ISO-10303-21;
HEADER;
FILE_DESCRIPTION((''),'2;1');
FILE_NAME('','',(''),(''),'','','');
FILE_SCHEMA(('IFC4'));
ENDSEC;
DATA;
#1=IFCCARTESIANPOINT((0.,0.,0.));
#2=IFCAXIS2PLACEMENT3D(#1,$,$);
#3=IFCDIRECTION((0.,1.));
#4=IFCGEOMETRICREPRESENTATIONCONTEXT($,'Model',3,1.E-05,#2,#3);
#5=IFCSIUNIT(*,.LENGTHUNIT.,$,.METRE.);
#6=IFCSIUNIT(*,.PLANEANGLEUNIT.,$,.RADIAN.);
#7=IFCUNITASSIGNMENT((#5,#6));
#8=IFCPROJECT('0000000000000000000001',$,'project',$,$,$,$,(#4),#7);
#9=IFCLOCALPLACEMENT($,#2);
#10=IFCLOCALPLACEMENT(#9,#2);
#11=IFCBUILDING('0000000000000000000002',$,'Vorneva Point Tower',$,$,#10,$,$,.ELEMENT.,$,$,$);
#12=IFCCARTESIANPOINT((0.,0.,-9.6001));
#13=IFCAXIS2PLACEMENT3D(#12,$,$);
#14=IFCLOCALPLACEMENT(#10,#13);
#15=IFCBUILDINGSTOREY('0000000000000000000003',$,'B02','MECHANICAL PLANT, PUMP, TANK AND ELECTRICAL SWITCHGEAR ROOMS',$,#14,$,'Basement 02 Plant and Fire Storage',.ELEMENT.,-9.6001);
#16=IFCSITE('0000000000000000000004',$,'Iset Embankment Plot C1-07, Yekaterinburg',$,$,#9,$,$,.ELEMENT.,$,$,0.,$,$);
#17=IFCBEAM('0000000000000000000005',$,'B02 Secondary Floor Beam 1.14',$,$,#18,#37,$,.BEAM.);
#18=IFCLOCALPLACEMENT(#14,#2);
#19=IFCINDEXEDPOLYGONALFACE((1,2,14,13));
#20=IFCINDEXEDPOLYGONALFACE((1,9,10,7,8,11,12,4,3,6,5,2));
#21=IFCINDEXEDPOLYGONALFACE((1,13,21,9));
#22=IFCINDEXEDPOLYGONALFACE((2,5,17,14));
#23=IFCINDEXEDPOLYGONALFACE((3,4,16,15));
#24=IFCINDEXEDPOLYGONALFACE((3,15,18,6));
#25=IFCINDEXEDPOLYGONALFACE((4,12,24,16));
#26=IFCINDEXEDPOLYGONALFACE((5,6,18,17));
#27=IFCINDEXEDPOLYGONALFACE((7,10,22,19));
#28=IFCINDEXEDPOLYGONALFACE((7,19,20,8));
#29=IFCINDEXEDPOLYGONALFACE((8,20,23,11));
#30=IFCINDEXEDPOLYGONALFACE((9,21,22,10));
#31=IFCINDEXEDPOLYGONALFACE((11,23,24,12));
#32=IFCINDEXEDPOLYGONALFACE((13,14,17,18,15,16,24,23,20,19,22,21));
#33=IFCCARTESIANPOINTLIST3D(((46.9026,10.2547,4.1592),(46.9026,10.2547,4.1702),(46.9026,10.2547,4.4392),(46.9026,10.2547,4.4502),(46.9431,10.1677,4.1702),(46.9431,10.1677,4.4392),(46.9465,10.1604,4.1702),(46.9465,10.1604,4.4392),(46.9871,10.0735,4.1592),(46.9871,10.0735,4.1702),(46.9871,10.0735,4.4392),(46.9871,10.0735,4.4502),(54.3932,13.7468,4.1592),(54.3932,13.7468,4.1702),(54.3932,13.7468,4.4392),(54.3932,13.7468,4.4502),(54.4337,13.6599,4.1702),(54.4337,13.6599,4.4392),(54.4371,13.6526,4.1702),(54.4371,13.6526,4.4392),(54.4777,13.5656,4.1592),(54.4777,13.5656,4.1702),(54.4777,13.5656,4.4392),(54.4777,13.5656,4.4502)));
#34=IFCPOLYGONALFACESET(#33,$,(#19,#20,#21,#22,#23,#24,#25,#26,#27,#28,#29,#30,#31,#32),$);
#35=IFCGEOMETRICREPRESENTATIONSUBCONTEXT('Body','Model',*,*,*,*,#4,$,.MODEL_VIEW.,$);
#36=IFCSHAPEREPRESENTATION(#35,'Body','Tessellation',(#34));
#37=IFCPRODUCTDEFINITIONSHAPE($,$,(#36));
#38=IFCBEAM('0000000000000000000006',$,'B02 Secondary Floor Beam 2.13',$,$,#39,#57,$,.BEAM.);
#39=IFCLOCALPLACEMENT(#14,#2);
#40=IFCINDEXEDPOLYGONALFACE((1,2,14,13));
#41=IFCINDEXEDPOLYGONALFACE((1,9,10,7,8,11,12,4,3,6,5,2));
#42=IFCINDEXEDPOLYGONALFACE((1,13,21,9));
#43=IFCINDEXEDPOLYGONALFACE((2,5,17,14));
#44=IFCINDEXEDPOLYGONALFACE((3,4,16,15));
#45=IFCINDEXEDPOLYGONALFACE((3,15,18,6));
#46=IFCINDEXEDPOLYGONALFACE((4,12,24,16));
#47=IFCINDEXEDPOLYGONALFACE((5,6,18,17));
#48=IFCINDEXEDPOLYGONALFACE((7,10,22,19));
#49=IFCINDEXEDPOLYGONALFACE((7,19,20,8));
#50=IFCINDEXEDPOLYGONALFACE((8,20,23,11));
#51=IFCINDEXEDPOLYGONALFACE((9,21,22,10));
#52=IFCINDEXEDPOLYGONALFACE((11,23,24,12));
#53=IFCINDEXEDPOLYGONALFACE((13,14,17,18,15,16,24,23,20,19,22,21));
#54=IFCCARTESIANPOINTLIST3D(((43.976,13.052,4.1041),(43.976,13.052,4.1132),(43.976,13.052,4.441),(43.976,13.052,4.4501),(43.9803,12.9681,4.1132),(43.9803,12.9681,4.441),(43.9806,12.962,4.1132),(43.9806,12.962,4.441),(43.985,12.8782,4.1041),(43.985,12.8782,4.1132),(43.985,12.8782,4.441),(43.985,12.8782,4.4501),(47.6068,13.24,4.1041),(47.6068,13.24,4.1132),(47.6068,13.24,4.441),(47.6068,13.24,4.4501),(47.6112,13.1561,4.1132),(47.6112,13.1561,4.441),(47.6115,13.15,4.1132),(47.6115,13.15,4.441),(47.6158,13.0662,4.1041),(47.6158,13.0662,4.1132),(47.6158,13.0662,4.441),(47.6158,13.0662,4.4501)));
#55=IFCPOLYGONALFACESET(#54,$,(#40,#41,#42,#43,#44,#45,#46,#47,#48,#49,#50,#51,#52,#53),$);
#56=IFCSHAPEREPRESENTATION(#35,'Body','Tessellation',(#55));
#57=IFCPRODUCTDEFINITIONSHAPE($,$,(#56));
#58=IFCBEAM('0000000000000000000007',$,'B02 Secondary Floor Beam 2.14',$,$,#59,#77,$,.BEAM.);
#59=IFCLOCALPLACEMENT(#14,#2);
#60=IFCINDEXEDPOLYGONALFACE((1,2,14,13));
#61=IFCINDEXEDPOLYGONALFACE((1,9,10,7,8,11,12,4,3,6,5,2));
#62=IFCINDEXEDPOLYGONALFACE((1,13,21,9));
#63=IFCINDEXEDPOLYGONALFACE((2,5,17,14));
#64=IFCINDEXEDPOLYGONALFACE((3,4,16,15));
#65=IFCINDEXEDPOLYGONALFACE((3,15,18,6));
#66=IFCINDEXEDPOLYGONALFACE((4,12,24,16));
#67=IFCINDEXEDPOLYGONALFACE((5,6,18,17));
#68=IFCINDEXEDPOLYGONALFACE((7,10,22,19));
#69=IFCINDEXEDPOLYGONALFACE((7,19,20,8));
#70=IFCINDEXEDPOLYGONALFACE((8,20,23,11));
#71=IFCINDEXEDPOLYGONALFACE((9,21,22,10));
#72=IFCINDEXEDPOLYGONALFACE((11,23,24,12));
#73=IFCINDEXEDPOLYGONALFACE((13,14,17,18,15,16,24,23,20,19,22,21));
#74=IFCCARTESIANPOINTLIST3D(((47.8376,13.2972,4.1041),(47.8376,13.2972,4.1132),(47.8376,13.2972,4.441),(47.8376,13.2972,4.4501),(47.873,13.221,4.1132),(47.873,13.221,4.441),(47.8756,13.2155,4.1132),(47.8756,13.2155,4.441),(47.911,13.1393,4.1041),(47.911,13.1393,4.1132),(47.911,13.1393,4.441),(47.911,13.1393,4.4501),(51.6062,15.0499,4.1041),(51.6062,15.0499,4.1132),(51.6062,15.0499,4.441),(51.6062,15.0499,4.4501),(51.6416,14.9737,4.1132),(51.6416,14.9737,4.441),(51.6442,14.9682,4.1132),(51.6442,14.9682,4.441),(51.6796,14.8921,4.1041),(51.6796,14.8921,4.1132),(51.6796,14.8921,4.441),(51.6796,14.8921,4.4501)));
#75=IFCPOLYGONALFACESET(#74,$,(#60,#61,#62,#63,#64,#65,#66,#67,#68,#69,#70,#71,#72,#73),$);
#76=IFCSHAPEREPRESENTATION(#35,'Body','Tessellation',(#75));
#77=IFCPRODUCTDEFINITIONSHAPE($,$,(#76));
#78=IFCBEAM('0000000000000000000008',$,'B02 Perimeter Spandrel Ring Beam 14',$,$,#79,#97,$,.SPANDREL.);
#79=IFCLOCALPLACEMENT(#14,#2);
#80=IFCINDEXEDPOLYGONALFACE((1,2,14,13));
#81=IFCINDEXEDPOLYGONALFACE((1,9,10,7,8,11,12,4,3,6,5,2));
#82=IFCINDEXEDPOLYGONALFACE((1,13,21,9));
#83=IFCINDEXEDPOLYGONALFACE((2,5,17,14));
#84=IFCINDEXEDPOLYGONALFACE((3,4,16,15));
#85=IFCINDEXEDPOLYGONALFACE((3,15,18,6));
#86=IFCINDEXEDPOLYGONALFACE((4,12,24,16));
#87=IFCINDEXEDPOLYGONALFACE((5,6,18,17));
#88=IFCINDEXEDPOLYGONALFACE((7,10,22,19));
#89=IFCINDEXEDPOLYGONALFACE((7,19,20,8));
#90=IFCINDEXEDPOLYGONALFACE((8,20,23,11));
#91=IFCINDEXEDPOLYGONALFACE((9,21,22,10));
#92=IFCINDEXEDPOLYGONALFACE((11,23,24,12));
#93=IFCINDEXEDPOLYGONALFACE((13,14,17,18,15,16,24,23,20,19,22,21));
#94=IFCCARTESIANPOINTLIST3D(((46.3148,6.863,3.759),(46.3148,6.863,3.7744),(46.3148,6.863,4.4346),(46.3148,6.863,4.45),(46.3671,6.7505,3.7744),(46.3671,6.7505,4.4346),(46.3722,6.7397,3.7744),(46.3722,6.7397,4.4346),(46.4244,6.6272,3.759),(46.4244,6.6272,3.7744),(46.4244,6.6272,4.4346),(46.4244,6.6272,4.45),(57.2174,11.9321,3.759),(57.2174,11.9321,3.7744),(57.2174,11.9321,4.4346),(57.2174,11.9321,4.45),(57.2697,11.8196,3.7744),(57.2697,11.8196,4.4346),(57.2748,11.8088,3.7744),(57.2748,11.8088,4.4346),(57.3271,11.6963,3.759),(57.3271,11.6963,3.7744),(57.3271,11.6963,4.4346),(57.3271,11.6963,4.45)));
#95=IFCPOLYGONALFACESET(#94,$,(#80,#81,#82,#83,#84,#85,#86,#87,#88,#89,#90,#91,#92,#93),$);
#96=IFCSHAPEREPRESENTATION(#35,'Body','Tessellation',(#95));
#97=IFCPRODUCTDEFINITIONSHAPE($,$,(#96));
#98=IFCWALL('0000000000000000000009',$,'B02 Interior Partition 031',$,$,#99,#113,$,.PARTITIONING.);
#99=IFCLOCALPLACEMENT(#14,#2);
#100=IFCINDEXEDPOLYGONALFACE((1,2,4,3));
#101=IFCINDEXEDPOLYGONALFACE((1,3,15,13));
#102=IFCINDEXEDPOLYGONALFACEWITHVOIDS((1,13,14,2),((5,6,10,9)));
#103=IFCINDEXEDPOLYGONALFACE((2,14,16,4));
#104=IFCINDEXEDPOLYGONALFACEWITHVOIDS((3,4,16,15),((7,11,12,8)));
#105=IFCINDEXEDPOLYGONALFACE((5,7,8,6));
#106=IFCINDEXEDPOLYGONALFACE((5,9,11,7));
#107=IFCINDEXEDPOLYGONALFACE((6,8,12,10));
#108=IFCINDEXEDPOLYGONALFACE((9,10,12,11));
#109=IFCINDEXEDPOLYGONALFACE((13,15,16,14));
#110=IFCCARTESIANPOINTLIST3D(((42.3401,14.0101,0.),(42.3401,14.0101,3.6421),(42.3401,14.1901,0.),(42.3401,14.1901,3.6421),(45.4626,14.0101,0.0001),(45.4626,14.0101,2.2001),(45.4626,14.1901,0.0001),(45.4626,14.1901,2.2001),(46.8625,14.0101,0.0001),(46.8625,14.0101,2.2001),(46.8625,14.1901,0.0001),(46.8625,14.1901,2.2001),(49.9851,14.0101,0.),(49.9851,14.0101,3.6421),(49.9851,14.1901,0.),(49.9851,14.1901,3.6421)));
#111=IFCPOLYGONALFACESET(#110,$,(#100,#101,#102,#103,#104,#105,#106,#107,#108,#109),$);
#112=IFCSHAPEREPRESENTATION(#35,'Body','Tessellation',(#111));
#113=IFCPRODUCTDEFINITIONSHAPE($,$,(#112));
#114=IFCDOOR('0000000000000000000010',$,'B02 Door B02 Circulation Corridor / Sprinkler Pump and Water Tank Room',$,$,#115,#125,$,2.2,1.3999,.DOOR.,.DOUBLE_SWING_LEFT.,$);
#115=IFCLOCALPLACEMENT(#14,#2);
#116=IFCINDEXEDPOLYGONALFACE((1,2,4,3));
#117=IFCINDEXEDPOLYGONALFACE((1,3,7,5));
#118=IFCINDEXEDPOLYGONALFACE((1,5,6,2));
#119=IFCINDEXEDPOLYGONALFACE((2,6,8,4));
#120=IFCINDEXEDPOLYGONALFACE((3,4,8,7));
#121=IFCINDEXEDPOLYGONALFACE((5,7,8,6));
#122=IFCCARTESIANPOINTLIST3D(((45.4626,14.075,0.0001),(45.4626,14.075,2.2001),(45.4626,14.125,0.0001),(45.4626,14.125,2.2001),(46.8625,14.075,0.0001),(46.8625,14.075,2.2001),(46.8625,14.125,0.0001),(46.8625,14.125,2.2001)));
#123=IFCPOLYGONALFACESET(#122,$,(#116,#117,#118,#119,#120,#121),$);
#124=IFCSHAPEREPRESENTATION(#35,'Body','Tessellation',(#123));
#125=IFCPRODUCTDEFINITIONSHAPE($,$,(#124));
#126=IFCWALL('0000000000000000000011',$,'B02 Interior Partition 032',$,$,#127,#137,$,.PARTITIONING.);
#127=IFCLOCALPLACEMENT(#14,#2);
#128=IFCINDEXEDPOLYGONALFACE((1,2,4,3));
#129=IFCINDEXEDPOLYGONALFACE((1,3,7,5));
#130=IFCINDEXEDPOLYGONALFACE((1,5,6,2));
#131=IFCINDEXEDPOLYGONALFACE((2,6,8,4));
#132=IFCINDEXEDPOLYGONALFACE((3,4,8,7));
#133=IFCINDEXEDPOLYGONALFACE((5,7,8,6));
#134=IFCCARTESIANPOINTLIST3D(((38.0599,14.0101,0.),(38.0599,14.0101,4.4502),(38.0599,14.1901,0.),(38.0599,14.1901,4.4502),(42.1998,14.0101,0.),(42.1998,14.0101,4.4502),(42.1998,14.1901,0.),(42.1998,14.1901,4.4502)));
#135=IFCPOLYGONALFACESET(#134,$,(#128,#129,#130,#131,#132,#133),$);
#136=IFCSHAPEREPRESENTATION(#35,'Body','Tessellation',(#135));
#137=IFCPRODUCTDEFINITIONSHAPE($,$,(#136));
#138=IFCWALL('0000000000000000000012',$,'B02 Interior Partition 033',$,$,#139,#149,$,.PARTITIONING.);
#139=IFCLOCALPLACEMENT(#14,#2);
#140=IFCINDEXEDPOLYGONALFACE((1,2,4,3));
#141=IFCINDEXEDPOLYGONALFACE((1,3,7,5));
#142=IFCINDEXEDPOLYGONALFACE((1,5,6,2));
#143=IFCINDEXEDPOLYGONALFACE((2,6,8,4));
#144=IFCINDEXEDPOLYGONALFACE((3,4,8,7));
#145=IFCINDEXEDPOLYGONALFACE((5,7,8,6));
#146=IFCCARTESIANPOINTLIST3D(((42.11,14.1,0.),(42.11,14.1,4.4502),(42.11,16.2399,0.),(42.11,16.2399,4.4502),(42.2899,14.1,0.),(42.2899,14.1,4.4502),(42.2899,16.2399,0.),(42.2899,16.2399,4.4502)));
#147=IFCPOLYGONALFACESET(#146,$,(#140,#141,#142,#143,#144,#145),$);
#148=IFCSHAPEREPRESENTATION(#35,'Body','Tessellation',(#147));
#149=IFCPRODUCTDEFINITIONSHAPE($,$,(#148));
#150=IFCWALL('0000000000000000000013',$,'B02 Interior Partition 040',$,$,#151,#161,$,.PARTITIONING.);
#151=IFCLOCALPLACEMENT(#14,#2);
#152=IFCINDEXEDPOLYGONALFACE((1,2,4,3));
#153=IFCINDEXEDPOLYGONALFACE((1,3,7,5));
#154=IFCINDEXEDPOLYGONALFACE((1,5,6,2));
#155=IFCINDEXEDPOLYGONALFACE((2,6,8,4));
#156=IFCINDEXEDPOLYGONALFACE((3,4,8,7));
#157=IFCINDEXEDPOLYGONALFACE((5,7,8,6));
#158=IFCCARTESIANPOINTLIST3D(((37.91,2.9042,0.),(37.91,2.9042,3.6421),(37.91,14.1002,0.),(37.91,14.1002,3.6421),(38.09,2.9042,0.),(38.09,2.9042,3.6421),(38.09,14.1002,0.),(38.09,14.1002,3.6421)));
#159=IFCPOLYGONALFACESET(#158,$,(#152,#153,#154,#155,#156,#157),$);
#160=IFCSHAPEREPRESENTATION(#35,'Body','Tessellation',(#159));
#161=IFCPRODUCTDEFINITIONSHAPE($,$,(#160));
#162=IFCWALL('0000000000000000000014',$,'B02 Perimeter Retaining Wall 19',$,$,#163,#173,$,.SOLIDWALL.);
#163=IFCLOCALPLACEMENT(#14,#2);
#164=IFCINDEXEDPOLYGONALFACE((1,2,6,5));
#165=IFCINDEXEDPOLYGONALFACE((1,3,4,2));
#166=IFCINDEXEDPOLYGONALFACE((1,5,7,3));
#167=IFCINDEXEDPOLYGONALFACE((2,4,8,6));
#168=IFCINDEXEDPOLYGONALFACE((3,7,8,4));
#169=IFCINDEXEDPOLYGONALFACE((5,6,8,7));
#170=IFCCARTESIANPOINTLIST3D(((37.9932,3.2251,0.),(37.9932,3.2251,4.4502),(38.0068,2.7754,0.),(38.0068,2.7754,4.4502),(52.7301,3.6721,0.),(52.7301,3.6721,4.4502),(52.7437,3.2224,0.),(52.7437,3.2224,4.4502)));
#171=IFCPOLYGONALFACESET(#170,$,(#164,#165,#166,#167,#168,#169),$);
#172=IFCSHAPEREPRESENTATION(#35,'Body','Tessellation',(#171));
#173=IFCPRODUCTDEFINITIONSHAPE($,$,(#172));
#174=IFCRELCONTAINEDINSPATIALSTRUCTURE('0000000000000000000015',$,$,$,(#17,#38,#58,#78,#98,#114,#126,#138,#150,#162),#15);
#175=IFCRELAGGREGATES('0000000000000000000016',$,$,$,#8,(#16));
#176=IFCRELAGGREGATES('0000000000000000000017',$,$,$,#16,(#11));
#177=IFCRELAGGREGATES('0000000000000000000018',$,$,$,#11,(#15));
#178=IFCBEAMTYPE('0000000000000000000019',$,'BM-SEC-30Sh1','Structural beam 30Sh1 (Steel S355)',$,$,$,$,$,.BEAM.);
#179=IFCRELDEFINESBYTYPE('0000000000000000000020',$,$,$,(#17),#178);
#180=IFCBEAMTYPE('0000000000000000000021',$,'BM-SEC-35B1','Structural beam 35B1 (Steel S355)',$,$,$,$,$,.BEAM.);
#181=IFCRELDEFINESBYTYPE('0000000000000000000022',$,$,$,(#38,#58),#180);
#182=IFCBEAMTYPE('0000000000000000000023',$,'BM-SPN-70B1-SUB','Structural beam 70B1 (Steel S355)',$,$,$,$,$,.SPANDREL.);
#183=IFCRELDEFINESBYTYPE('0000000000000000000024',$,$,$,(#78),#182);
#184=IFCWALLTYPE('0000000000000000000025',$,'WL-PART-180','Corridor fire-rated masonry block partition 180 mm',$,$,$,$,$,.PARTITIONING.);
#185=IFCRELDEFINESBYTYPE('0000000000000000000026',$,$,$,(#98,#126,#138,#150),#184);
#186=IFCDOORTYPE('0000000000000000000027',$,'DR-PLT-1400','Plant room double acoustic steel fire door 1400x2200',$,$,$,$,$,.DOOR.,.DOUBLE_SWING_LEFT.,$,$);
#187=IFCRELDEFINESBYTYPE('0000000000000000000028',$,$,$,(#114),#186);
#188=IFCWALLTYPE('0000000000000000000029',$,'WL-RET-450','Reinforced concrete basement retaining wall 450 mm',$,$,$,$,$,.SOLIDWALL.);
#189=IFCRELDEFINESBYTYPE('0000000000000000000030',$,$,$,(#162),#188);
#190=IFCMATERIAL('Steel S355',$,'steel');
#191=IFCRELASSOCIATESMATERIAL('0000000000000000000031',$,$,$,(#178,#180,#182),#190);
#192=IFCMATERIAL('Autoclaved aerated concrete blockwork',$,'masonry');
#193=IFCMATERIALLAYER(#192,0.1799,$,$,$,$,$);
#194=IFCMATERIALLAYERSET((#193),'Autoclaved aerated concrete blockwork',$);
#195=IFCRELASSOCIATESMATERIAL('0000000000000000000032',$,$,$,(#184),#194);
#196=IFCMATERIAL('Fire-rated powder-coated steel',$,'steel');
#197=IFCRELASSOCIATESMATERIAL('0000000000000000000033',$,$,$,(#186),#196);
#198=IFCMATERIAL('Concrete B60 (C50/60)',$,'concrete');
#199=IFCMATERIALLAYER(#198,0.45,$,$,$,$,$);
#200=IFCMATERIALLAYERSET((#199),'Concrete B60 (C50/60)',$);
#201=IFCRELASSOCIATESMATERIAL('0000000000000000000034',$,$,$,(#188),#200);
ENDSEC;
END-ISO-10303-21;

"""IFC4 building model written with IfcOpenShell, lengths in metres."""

from ifc_helpers import new_model, si_unit, direction, frame, frame_2d, origin, origin_2d, place, context, subcontext, project, spatial, rectangle, i_section, extrude, material, layer, layer_set, material_profile, profile_set, type_object, element, fill, save


model = new_model("IFC4")

# Units and contexts
model_context = context("Model", 3, precision=1e-05, world=origin(), true_north=direction((0.0, 1.0)))
body_context = subcontext(model_context, "Body", "Model", "MODEL_VIEW")
ifc_project = project(units=[si_unit("LENGTHUNIT", "METRE"), si_unit("PLANEANGLEUNIT", "RADIAN")], contexts=[model_context])

# Site, building, storey
site_placement = place(None, origin())
site = spatial("IfcSite", under=ifc_project, at=site_placement, Name="Iset Embankment Plot C1-07, Yekaterinburg", CompositionType="ELEMENT", RefElevation=0.0)
building_placement = place(site_placement, origin())
building = spatial("IfcBuilding", under=site, at=building_placement, Name="Vorneva Point Tower", CompositionType="ELEMENT")
storey_placement = place(building_placement, frame((0.0, 0.0, -9.6001)))
storey = spatial("IfcBuildingStorey", under=building, at=storey_placement, Name="B02", Description="MECHANICAL PLANT, PUMP, TANK AND ELECTRICAL SWITCHGEAR ROOMS", LongName="Basement 02 Plant and Fire Storage", CompositionType="ELEMENT", Elevation=-9.6001)

# Shared definitions
ifc_material_1 = material(Name="Concrete B60 (C50/60)", Category="concrete")

# Beams
ifc_material_2 = material(Name="Steel S355", Category="steel")
ifc_material_profile_1 = material_profile(ifc_material_2, i_section(OverallWidth=0.2, OverallDepth=0.291, WebThickness=0.0081, FlangeThickness=0.011, at=origin_2d()), Name="30Sh1")
ifc_profile_set_1 = profile_set([ifc_material_profile_1], Name="Steel S355")
beam_type_1 = type_object("IfcBeamType", Name="BM-SEC-30Sh1", Description="Structural beam 30Sh1 (Steel S355)", PredefinedType="BEAM", material=ifc_profile_set_1)
beam_1_placement = place(storey_placement, frame((46.9448, 10.1641, 4.3047), z_axis=(0.906345, 0.422539, 0.0), x_axis=(-0.422539, 0.906345, 0.0)))
element("IfcBeam", 1, at=beam_1_placement, inside=storey, type_object=beam_type_1, Name="B02 Secondary Floor Beam 1.14", PredefinedType="BEAM", context=body_context, shape_type="SweptSolid", body=[
    extrude(i_section(OverallWidth=0.2, OverallDepth=0.291, WebThickness=0.0081, FlangeThickness=0.011, at=origin_2d()), origin(), (0.0, 0.0, 1.0), 8.2646),
])
ifc_material_profile_2 = material_profile(ifc_material_2, i_section(OverallWidth=0.1741, OverallDepth=0.3459, WebThickness=0.0061, FlangeThickness=0.009, at=origin_2d()), Name="35B1")
ifc_profile_set_2 = profile_set([ifc_material_profile_2], Name="Steel S355")
beam_type_2 = type_object("IfcBeamType", Name="BM-SEC-35B1", Description="Structural beam 35B1 (Steel S355)", PredefinedType="BEAM", material=ifc_profile_set_2)
beam_2_placement = place(storey_placement, frame((43.9805, 12.9651, 4.2771), z_axis=(0.998662, 0.051706, 0.0), x_axis=(-0.051706, 0.998662, 0.0)))
element("IfcBeam", 2, at=beam_2_placement, inside=storey, type_object=beam_type_2, Name="B02 Secondary Floor Beam 2.13", PredefinedType="BEAM", context=body_context, shape_type="SweptSolid", body=[
    extrude(i_section(OverallWidth=0.1741, OverallDepth=0.3459, WebThickness=0.0061, FlangeThickness=0.009, at=origin_2d()), origin(), (0.0, 0.0, 1.0), 3.6357),
])
beam_3_placement = place(storey_placement, frame((47.8743, 13.2183, 4.2771), z_axis=(0.906733, 0.421705, 0.0), x_axis=(-0.421705, 0.906733, 0.0)))
element("IfcBeam", 3, at=beam_3_placement, inside=storey, type_object=beam_type_2, Name="B02 Secondary Floor Beam 2.14", PredefinedType="BEAM", context=body_context, shape_type="SweptSolid", body=[
    extrude(i_section(OverallWidth=0.1741, OverallDepth=0.3459, WebThickness=0.0061, FlangeThickness=0.009, at=origin_2d()), origin(), (0.0, 0.0, 1.0), 4.1562),
])
ifc_material_profile_3 = material_profile(ifc_material_2, i_section(OverallWidth=0.26, OverallDepth=0.6909, WebThickness=0.012, FlangeThickness=0.0154, at=origin_2d()), Name="70B1")
ifc_profile_set_3 = profile_set([ifc_material_profile_3], Name="Steel S355")
beam_type_3 = type_object("IfcBeamType", Name="BM-SPN-70B1-SUB", Description="Structural beam 70B1 (Steel S355)", PredefinedType="SPANDREL", material=ifc_profile_set_3)
beam_4_placement = place(storey_placement, frame((46.3696, 6.7451, 4.1045), z_axis=(0.906781, 0.421602, 0.0), x_axis=(-0.421602, 0.906781, 0.0)))
element("IfcBeam", 4, at=beam_4_placement, inside=storey, type_object=beam_type_3, Name="B02 Perimeter Spandrel Ring Beam 14", PredefinedType="SPANDREL", context=body_context, shape_type="SweptSolid", body=[
    extrude(i_section(OverallWidth=0.26, OverallDepth=0.6909, WebThickness=0.012, FlangeThickness=0.0154, at=origin_2d()), origin(), (0.0, 0.0, 1.0), 12.0234),
])

# Wall, opening, door
ifc_material_3 = material(Name="Autoclaved aerated concrete blockwork", Category="masonry")
ifc_layer_1 = layer(ifc_material_3, 0.1799)
ifc_layer_set_1 = layer_set([ifc_layer_1], Name="Autoclaved aerated concrete blockwork")
wall_type_1 = type_object("IfcWallType", Name="WL-PART-180", Description="Corridor fire-rated masonry block partition 180 mm", PredefinedType="PARTITIONING", material=ifc_layer_set_1)
wall_1_placement = place(storey_placement, frame((42.3401, 14.1001, 0.0), z_axis=(0.0, 0.0, 1.0), x_axis=(1.0, 0.0, 0.0)))
wall_1 = element("IfcWall", 5, at=wall_1_placement, inside=storey, type_object=wall_type_1, Name="B02 Interior Partition 031", PredefinedType="PARTITIONING", context=body_context, shape_type="SweptSolid", body=[
    extrude(rectangle(XDim=7.645, YDim=0.1799, at=frame_2d((3.8225, 0.0))), origin(), (0.0, 0.0, 1.0), 3.6421),
])
opening_placement = place(wall_1_placement, frame((3.1226, 0.0, 0.0)))
opening = element("IfcOpeningElement", 6, at=opening_placement, cuts=wall_1, PredefinedType="OPENING", context=body_context, shape_type="SweptSolid", body=[
    extrude(rectangle(XDim=1.3999, YDim=2.2, at=frame_2d((0.7, 1.1001))), frame((0.0, 0.105, 0.0), z_axis=(0.0, -1.0, 0.0), x_axis=(1.0, 0.0, 0.0)), (0.0, 0.0, 1.0), 0.2097),
])
ifc_material_4 = material(Name="Fire-rated powder-coated steel", Category="steel")
door_type = type_object("IfcDoorType", Name="DR-PLT-1400", Description="Plant room double acoustic steel fire door 1400x2200", OperationType="DOUBLE_SWING_LEFT", PredefinedType="DOOR", material=ifc_material_4)
door_placement = place(opening_placement, origin())
door = element("IfcDoor", 7, at=door_placement, inside=storey, type_object=door_type, Name="B02 Door B02 Circulation Corridor / Sprinkler Pump and Water Tank Room", OperationType="DOUBLE_SWING_LEFT", OverallHeight=2.2, OverallWidth=1.3999, PredefinedType="DOOR", context=body_context, shape_type="SweptSolid", body=[
    extrude(rectangle(XDim=1.3999, YDim=2.2, at=frame_2d((0.7, 1.1001))), frame((0.0, 0.0249, 0.0), z_axis=(0.0, -1.0, 0.0), x_axis=(1.0, 0.0, 0.0)), (0.0, 0.0, 1.0), 0.05),
])
fill(opening, door)

# Walls
wall_2_placement = place(storey_placement, frame((38.0601, 14.1001, 0.0), z_axis=(0.0, 0.0, 1.0), x_axis=(1.0, 0.0, 0.0)))
element("IfcWall", 8, at=wall_2_placement, inside=storey, type_object=wall_type_1, Name="B02 Interior Partition 032", PredefinedType="PARTITIONING", context=body_context, shape_type="SweptSolid", body=[
    extrude(rectangle(XDim=4.1399, YDim=0.1799, at=frame_2d((2.0698, 0.0))), origin(), (0.0, 0.0, 1.0), 4.4502),
])
wall_3_placement = place(storey_placement, frame((42.2, 14.1001, 0.0), z_axis=(0.0, 0.0, 1.0), x_axis=(0.0, 1.0, 0.0)))
element("IfcWall", 9, at=wall_3_placement, inside=storey, type_object=wall_type_1, Name="B02 Interior Partition 033", PredefinedType="PARTITIONING", context=body_context, shape_type="SweptSolid", body=[
    extrude(rectangle(XDim=2.1399, YDim=0.1799, at=frame_2d((1.0698, 0.0))), origin(), (0.0, 0.0, 1.0), 4.4502),
])
wall_4_placement = place(storey_placement, frame((38.0, 2.9041, 0.0), z_axis=(0.0, 0.0, 1.0), x_axis=(0.0, 1.0, 0.0)))
element("IfcWall", 10, at=wall_4_placement, inside=storey, type_object=wall_type_1, Name="B02 Interior Partition 040", PredefinedType="PARTITIONING", context=body_context, shape_type="SweptSolid", body=[
    extrude(rectangle(XDim=11.196, YDim=0.1799, at=frame_2d((5.5981, 0.0))), origin(), (0.0, 0.0, 1.0), 3.6421),
])
ifc_layer_2 = layer(ifc_material_1, 0.45)
ifc_layer_set_2 = layer_set([ifc_layer_2], Name="Concrete B60 (C50/60)")
wall_type_2 = type_object("IfcWallType", Name="WL-RET-450", Description="Reinforced concrete basement retaining wall 450 mm", PredefinedType="SOLIDWALL", material=ifc_layer_set_2)
wall_5_placement = place(storey_placement, frame((38.0, 3.0002, 0.0), z_axis=(0.0, 0.0, 1.0), x_axis=(0.99954, 0.03032, 0.0)))
element("IfcWall", 11, at=wall_5_placement, inside=storey, type_object=wall_type_2, Name="B02 Perimeter Retaining Wall 19", PredefinedType="SOLIDWALL", context=body_context, shape_type="SweptSolid", body=[
    extrude(rectangle(XDim=14.7437, YDim=0.45, at=frame_2d((7.3718, 0.0))), origin(), (0.0, 0.0, 1.0), 4.4502),
])

save(model, "model.ifc")
